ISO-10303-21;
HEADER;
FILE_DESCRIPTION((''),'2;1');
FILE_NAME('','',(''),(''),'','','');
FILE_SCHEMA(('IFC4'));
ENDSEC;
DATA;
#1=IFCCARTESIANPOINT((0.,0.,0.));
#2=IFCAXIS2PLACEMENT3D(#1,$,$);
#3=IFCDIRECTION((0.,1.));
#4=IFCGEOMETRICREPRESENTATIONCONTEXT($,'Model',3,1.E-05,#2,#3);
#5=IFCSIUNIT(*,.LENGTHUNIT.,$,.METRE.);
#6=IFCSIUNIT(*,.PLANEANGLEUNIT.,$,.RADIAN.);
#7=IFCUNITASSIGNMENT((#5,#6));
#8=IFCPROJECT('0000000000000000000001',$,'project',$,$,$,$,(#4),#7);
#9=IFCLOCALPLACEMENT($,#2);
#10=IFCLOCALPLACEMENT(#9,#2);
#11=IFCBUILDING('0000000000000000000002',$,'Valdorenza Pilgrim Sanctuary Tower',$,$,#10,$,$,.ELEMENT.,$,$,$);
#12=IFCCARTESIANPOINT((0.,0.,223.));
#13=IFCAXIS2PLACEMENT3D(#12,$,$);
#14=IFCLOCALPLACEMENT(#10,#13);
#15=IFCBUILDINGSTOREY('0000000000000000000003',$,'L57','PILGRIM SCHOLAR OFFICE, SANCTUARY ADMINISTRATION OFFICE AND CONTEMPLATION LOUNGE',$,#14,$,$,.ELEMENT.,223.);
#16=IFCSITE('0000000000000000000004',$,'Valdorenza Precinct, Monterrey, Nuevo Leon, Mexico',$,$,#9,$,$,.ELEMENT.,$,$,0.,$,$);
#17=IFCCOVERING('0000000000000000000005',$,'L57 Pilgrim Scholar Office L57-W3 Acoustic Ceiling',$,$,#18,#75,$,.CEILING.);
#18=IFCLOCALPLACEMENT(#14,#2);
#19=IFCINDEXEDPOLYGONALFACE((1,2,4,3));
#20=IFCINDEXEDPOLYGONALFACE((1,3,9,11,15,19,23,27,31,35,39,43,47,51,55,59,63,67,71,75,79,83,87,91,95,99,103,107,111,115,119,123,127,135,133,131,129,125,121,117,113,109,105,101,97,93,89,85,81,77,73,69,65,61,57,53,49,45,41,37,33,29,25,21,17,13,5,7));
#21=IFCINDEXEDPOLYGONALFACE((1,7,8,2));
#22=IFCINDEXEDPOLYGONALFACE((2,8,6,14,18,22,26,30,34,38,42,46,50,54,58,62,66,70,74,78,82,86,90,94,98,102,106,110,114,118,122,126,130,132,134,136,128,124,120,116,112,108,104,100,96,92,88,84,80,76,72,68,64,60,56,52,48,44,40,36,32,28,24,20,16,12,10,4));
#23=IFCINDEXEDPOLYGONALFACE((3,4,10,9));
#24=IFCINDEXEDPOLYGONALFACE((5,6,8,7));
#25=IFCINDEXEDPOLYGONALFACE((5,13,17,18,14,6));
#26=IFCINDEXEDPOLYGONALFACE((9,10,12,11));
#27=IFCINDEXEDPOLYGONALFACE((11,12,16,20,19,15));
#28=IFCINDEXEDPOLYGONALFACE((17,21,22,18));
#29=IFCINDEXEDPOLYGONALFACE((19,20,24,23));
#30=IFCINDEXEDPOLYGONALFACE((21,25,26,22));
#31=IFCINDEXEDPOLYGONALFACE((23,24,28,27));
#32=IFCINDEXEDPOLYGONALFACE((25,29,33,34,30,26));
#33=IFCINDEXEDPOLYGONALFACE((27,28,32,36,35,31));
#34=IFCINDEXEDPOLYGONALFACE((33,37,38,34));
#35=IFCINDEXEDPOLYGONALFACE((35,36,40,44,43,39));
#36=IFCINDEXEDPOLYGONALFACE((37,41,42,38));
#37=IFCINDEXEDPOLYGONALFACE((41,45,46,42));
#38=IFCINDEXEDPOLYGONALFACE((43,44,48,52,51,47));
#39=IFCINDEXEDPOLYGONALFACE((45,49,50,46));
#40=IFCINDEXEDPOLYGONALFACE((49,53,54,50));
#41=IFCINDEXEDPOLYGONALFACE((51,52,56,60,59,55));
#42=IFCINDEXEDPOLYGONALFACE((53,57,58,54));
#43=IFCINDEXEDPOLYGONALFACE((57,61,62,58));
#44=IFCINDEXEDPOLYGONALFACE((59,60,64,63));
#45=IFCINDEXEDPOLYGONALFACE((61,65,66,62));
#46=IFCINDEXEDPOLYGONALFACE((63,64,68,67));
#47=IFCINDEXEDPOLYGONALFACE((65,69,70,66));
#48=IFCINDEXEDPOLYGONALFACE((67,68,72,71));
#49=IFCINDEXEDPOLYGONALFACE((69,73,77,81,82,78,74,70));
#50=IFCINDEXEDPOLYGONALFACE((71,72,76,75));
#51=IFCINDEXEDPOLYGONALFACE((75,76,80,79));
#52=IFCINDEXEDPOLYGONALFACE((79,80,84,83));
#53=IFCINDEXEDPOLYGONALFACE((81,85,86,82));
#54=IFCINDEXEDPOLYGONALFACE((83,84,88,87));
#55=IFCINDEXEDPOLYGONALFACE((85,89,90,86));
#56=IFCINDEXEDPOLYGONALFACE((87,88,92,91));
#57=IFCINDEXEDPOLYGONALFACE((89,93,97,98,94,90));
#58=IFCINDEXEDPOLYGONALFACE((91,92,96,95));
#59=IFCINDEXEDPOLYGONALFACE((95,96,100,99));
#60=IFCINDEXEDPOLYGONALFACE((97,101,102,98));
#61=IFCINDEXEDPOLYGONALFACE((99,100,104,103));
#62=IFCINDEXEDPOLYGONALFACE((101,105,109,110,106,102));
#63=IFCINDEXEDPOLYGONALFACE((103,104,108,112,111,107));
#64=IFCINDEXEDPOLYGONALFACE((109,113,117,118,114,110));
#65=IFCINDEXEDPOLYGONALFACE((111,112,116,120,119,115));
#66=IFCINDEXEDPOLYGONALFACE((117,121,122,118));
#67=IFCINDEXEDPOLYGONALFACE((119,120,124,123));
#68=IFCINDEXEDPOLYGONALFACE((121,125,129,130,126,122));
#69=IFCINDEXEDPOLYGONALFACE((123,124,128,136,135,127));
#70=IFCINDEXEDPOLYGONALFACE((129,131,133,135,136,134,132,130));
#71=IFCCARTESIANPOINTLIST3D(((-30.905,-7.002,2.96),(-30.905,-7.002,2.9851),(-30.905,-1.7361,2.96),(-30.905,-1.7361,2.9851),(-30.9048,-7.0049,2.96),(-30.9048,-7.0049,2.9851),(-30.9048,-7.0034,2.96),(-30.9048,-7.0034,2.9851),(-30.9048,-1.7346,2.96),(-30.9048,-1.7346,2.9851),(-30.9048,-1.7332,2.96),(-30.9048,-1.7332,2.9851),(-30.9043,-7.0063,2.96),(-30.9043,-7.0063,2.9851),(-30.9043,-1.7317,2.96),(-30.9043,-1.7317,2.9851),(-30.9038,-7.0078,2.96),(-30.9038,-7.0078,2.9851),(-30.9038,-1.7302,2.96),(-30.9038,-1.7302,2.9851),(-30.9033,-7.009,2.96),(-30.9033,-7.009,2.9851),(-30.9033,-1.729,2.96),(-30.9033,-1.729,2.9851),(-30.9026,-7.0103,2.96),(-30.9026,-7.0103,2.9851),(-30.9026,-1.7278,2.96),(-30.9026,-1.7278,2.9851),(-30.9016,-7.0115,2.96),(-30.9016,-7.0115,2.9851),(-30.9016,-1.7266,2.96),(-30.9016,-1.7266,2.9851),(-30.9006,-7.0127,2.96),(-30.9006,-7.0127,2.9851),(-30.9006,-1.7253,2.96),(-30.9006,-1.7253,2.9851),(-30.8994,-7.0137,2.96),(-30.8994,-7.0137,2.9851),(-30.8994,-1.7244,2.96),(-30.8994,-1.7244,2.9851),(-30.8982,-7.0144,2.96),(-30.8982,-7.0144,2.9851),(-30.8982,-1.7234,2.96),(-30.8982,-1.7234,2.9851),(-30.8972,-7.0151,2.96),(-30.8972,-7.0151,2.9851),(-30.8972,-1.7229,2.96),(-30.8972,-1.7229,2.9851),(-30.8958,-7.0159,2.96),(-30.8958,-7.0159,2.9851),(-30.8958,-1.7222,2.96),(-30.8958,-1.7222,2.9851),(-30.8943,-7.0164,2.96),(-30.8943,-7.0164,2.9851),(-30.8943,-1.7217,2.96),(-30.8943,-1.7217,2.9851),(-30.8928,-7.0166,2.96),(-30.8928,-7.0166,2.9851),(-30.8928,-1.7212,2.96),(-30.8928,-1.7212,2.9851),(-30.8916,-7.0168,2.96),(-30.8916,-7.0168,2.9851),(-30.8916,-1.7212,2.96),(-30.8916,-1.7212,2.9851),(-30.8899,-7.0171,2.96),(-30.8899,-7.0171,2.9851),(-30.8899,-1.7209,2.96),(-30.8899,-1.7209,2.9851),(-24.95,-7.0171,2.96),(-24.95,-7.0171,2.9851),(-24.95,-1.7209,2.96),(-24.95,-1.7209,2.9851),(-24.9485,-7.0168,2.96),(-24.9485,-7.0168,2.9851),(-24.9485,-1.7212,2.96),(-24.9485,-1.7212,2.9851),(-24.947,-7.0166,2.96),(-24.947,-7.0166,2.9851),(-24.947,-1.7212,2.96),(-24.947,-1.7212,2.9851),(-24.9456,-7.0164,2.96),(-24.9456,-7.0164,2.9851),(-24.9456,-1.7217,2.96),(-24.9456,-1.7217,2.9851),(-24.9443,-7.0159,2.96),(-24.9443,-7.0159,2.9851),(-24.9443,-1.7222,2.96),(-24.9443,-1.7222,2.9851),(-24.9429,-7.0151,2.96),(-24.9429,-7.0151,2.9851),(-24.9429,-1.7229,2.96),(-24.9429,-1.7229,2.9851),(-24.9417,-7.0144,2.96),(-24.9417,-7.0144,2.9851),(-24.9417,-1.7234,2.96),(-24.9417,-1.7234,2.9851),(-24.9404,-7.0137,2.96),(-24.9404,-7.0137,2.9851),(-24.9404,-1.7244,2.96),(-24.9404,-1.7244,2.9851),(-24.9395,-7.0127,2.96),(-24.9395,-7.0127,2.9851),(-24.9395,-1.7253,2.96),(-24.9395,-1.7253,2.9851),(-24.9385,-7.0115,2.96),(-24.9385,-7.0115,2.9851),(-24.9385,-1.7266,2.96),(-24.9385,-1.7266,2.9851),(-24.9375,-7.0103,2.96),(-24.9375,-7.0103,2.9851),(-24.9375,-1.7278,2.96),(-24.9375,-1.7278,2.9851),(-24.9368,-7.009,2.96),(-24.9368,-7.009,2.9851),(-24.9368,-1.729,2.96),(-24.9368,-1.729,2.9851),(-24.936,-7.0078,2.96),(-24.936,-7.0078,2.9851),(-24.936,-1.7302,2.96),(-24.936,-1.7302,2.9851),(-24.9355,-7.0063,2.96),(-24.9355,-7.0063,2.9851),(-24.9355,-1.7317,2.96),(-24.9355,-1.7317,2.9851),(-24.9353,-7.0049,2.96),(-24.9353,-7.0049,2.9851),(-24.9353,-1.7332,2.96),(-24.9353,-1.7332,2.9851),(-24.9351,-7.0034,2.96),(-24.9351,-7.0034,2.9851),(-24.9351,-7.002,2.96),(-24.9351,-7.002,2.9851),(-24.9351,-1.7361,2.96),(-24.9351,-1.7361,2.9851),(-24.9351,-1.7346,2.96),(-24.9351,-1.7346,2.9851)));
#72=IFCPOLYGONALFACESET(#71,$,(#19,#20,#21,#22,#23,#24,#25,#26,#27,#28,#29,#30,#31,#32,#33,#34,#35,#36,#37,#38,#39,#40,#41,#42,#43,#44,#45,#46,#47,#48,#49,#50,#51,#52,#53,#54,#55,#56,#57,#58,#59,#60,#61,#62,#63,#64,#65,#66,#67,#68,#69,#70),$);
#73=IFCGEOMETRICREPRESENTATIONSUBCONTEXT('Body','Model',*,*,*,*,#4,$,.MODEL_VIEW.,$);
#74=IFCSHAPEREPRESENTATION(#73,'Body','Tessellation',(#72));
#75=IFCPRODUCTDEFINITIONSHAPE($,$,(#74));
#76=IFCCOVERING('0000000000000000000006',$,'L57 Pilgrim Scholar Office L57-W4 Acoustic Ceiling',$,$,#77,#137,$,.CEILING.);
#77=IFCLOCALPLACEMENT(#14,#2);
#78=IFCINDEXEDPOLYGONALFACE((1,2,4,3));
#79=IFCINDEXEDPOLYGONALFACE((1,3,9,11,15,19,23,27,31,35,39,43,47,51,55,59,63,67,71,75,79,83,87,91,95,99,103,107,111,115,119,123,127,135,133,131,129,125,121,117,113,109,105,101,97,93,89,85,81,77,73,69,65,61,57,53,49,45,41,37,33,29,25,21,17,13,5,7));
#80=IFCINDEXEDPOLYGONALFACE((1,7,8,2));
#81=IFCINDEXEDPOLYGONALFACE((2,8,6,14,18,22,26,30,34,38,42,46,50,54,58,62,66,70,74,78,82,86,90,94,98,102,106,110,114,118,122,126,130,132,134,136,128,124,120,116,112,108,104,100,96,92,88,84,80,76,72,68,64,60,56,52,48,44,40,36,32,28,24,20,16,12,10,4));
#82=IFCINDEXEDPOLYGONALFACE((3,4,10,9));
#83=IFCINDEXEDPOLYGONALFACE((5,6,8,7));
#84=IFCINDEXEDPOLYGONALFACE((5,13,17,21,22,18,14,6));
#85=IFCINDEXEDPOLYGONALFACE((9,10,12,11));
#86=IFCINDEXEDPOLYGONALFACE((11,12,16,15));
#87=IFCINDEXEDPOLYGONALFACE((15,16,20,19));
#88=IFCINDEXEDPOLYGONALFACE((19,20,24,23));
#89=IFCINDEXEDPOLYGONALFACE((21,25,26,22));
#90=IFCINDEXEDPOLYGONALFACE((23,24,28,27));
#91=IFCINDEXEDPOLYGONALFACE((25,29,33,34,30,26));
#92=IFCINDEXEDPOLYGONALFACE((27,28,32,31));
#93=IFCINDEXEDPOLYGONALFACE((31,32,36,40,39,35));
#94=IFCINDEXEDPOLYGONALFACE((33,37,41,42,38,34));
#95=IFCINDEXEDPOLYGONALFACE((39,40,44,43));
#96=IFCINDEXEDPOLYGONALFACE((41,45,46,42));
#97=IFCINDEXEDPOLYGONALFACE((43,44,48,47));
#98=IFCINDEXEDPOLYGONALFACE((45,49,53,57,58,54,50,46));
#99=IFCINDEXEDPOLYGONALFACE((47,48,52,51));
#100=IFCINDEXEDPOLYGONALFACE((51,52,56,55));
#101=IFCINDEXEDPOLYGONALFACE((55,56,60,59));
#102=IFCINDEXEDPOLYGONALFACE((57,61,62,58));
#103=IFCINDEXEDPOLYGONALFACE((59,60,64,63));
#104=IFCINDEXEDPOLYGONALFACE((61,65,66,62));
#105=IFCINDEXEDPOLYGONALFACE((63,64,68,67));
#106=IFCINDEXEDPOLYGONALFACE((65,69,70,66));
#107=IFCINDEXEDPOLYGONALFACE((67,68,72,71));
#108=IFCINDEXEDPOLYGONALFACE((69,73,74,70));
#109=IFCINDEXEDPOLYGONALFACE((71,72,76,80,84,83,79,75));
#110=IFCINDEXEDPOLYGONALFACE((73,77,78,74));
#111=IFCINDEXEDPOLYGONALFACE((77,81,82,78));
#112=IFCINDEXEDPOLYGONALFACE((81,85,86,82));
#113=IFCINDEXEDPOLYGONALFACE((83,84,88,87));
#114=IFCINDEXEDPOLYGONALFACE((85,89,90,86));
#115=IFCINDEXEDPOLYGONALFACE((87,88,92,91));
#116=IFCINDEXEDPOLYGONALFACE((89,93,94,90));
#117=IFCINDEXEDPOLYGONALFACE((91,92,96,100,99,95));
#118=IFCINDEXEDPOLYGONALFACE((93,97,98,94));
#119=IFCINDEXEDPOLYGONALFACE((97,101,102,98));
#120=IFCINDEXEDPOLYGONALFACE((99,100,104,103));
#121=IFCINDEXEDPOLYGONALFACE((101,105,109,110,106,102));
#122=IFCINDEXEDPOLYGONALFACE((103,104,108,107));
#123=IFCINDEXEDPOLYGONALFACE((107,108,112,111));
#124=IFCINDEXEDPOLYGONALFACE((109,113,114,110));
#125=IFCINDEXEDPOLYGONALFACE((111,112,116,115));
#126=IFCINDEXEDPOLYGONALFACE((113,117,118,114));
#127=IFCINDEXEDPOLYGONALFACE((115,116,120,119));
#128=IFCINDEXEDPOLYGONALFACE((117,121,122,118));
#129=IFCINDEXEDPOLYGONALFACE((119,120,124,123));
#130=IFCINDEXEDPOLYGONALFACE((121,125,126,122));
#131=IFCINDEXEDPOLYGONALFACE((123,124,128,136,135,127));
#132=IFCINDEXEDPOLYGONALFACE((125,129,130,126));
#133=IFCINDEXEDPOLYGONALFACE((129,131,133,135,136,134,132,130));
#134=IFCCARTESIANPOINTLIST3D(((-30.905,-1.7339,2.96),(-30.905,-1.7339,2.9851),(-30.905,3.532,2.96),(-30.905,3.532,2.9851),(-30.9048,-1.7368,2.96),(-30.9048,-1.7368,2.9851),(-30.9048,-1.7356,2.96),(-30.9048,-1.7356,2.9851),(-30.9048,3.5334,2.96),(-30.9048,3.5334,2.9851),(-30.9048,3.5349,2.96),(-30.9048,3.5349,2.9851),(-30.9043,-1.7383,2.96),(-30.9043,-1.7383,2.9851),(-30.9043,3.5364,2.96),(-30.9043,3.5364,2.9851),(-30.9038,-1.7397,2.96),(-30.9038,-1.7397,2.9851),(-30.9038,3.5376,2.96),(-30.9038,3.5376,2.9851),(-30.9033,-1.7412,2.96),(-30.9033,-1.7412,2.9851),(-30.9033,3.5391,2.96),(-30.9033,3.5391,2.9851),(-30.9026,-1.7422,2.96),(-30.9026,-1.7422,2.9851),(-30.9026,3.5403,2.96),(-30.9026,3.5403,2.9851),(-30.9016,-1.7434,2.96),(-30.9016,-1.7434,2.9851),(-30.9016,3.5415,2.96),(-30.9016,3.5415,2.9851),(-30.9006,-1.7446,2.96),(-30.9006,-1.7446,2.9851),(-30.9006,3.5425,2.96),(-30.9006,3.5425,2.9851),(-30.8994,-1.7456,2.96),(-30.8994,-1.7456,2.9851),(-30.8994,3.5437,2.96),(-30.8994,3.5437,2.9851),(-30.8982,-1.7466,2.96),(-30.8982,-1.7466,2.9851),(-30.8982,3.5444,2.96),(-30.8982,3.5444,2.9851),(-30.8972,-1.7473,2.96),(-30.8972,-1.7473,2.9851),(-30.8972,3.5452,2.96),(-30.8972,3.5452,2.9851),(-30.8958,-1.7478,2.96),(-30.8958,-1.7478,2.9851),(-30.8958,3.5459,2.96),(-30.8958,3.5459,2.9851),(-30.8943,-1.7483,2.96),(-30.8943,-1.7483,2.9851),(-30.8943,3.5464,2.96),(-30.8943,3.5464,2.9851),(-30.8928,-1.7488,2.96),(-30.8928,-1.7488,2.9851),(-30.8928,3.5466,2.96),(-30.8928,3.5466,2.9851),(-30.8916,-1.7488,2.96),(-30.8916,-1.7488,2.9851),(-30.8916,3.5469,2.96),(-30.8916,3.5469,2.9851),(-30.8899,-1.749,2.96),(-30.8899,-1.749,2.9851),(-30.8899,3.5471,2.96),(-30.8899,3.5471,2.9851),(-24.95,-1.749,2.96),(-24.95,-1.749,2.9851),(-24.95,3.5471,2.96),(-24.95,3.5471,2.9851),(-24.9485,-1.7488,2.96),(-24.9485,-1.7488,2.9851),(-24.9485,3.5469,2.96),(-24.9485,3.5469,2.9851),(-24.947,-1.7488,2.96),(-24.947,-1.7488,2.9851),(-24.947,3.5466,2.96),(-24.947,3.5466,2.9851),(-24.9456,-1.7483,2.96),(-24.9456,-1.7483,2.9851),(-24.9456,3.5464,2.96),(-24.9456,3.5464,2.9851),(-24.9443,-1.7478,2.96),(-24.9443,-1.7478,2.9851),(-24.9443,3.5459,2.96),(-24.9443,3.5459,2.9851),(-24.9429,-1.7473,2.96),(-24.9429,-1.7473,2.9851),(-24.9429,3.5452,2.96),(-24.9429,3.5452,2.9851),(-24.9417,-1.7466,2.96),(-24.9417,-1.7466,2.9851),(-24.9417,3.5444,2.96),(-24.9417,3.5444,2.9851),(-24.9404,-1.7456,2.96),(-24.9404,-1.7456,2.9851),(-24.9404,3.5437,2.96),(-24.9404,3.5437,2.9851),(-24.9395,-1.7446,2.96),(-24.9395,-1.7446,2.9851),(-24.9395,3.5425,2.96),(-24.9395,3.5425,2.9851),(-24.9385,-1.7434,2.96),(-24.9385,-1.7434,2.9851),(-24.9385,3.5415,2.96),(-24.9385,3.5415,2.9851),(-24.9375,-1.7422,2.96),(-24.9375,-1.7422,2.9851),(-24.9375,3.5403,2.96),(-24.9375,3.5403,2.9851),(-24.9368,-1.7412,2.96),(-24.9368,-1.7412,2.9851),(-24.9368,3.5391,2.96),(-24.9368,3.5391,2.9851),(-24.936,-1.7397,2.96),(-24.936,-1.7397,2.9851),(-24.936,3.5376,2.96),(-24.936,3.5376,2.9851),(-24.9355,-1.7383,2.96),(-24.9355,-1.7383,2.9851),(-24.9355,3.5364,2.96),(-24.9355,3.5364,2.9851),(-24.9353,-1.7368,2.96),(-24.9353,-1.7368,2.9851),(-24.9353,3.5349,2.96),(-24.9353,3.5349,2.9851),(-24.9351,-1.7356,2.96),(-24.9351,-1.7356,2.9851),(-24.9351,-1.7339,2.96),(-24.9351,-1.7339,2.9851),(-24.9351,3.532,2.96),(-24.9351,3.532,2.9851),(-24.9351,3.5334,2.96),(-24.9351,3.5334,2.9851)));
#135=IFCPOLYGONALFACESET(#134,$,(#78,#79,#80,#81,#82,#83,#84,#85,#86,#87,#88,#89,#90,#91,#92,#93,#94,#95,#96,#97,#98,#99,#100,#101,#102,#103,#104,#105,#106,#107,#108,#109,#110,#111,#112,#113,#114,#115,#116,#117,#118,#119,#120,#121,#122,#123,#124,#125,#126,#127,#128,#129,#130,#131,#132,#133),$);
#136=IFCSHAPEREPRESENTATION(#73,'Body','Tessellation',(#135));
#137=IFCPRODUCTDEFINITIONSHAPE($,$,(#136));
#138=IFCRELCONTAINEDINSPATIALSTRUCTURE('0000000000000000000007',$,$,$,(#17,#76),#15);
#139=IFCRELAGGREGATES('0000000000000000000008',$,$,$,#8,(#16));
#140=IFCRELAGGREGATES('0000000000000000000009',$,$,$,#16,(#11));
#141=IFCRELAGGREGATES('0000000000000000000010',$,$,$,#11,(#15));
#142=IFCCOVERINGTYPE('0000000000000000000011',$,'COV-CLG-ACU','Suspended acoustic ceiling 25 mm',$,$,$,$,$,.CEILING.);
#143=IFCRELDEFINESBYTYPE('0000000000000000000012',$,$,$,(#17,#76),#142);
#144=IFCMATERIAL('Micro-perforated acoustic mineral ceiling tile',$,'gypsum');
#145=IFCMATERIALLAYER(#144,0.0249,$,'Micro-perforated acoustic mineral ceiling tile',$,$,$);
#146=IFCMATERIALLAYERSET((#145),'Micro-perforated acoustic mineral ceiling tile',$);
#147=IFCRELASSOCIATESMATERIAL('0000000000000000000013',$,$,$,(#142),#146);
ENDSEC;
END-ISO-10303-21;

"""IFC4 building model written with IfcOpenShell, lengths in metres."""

from ifc_helpers import new_model, si_unit, direction, frame, origin, place, context, subcontext, project, spatial, polyline, outline, extrude, material, layer, layer_set, type_object, element, save


model = new_model("IFC4")

# Units and contexts
model_context = context("Model", 3, precision=1e-05, world=origin(), true_north=direction((0.0, 1.0)))
body_context = subcontext(model_context, "Body", "Model", "MODEL_VIEW")
ifc_project = project(units=[si_unit("LENGTHUNIT", "METRE"), si_unit("PLANEANGLEUNIT", "RADIAN")], contexts=[model_context])

# Site, building, storey
site_placement = place(None, origin())
site = spatial("IfcSite", under=ifc_project, at=site_placement, Name="Valdorenza Precinct, Monterrey, Nuevo Leon, Mexico", CompositionType="ELEMENT", RefElevation=0.0)
building_placement = place(site_placement, origin())
building = spatial("IfcBuilding", under=site, at=building_placement, Name="Valdorenza Pilgrim Sanctuary Tower", CompositionType="ELEMENT")
storey_placement = place(building_placement, frame((0.0, 0.0, 223.0)))
storey = spatial("IfcBuildingStorey", under=building, at=storey_placement, Name="L57", Description="PILGRIM SCHOLAR OFFICE, SANCTUARY ADMINISTRATION OFFICE AND CONTEMPLATION LOUNGE", CompositionType="ELEMENT", Elevation=223.0)

# Coverings
ifc_material_1 = material(Name="Micro-perforated acoustic mineral ceiling tile", Category="gypsum")
ifc_layer_1 = layer(ifc_material_1, 0.0249, Name="Micro-perforated acoustic mineral ceiling tile")
ifc_layer_set_1 = layer_set([ifc_layer_1], Name="Micro-perforated acoustic mineral ceiling tile")
covering_type_1 = type_object("IfcCoveringType", Name="COV-CLG-ACU", Description="Suspended acoustic ceiling 25 mm", PredefinedType="CEILING", material=ifc_layer_set_1)
covering_1_placement = place(storey_placement, frame((0.0, 0.0, 2.96)))
element("IfcCovering", 1, at=covering_1_placement, inside=storey, type_object=covering_type_1, Name="L57 Pilgrim Scholar Office L57-W3 Acoustic Ceiling", PredefinedType="CEILING", context=body_context, shape_type="SweptSolid", body=[
    extrude(outline(polyline([(-24.9351, -7.002), (-24.9351, -7.0034), (-24.9353, -7.0049), (-24.9355, -7.0063), (-24.936, -7.0078), (-24.9368, -7.009), (-24.9375, -7.0103), (-24.9385, -7.0115), (-24.9395, -7.0127), (-24.9404, -7.0137), (-24.9417, -7.0144), (-24.9429, -7.0151), (-24.9443, -7.0159), (-24.9456, -7.0164), (-24.947, -7.0166), (-24.9485, -7.0168), (-24.95, -7.0171), (-30.8899, -7.0171), (-30.8916, -7.0168), (-30.8928, -7.0166), (-30.8943, -7.0164), (-30.8958, -7.0159), (-30.8972, -7.0151), (-30.8982, -7.0144), (-30.8994, -7.0137), (-30.9006, -7.0127), (-30.9016, -7.0115), (-30.9026, -7.0103), (-30.9033, -7.009), (-30.9038, -7.0078), (-30.9043, -7.0063), (-30.9048, -7.0049), (-30.9048, -7.0034), (-30.905, -7.002), (-30.905, -1.7361), (-30.9048, -1.7346), (-30.9048, -1.7332), (-30.9043, -1.7317), (-30.9038, -1.7302), (-30.9033, -1.729), (-30.9026, -1.7278), (-30.9016, -1.7266), (-30.9006, -1.7253), (-30.8994, -1.7244), (-30.8982, -1.7234), (-30.8972, -1.7229), (-30.8958, -1.7222), (-30.8943, -1.7217), (-30.8928, -1.7212), (-30.8916, -1.7212), (-30.8899, -1.7209), (-24.95, -1.7209), (-24.9485, -1.7212), (-24.947, -1.7212), (-24.9456, -1.7217), (-24.9443, -1.7222), (-24.9429, -1.7229), (-24.9417, -1.7234), (-24.9404, -1.7244), (-24.9395, -1.7253), (-24.9385, -1.7266), (-24.9375, -1.7278), (-24.9368, -1.729), (-24.936, -1.7302), (-24.9355, -1.7317), (-24.9353, -1.7332), (-24.9351, -1.7346), (-24.9351, -1.7361), (-24.9351, -7.002)])), origin(), (0.0, 0.0, 1.0), 0.0251),
])
covering_2_placement = place(storey_placement, frame((0.0, 0.0, 2.96)))
element("IfcCovering", 2, at=covering_2_placement, inside=storey, type_object=covering_type_1, Name="L57 Pilgrim Scholar Office L57-W4 Acoustic Ceiling", PredefinedType="CEILING", context=body_context, shape_type="SweptSolid", body=[
    extrude(outline(polyline([(-24.9351, -1.7339), (-24.9351, -1.7356), (-24.9353, -1.7368), (-24.9355, -1.7383), (-24.936, -1.7397), (-24.9368, -1.7412), (-24.9375, -1.7422), (-24.9385, -1.7434), (-24.9395, -1.7446), (-24.9404, -1.7456), (-24.9417, -1.7466), (-24.9429, -1.7473), (-24.9443, -1.7478), (-24.9456, -1.7483), (-24.947, -1.7488), (-24.9485, -1.7488), (-24.95, -1.749), (-30.8899, -1.749), (-30.8916, -1.7488), (-30.8928, -1.7488), (-30.8943, -1.7483), (-30.8958, -1.7478), (-30.8972, -1.7473), (-30.8982, -1.7466), (-30.8994, -1.7456), (-30.9006, -1.7446), (-30.9016, -1.7434), (-30.9026, -1.7422), (-30.9033, -1.7412), (-30.9038, -1.7397), (-30.9043, -1.7383), (-30.9048, -1.7368), (-30.9048, -1.7356), (-30.905, -1.7339), (-30.905, 3.532), (-30.9048, 3.5334), (-30.9048, 3.5349), (-30.9043, 3.5364), (-30.9038, 3.5376), (-30.9033, 3.5391), (-30.9026, 3.5403), (-30.9016, 3.5415), (-30.9006, 3.5425), (-30.8994, 3.5437), (-30.8982, 3.5444), (-30.8972, 3.5452), (-30.8958, 3.5459), (-30.8943, 3.5464), (-30.8928, 3.5466), (-30.8916, 3.5469), (-30.8899, 3.5471), (-24.95, 3.5471), (-24.9485, 3.5469), (-24.947, 3.5466), (-24.9456, 3.5464), (-24.9443, 3.5459), (-24.9429, 3.5452), (-24.9417, 3.5444), (-24.9404, 3.5437), (-24.9395, 3.5425), (-24.9385, 3.5415), (-24.9375, 3.5403), (-24.9368, 3.5391), (-24.936, 3.5376), (-24.9355, 3.5364), (-24.9353, 3.5349), (-24.9351, 3.5334), (-24.9351, 3.532), (-24.9351, -1.7339)])), origin(), (0.0, 0.0, 1.0), 0.0251),
])

save(model, "model.ifc")
